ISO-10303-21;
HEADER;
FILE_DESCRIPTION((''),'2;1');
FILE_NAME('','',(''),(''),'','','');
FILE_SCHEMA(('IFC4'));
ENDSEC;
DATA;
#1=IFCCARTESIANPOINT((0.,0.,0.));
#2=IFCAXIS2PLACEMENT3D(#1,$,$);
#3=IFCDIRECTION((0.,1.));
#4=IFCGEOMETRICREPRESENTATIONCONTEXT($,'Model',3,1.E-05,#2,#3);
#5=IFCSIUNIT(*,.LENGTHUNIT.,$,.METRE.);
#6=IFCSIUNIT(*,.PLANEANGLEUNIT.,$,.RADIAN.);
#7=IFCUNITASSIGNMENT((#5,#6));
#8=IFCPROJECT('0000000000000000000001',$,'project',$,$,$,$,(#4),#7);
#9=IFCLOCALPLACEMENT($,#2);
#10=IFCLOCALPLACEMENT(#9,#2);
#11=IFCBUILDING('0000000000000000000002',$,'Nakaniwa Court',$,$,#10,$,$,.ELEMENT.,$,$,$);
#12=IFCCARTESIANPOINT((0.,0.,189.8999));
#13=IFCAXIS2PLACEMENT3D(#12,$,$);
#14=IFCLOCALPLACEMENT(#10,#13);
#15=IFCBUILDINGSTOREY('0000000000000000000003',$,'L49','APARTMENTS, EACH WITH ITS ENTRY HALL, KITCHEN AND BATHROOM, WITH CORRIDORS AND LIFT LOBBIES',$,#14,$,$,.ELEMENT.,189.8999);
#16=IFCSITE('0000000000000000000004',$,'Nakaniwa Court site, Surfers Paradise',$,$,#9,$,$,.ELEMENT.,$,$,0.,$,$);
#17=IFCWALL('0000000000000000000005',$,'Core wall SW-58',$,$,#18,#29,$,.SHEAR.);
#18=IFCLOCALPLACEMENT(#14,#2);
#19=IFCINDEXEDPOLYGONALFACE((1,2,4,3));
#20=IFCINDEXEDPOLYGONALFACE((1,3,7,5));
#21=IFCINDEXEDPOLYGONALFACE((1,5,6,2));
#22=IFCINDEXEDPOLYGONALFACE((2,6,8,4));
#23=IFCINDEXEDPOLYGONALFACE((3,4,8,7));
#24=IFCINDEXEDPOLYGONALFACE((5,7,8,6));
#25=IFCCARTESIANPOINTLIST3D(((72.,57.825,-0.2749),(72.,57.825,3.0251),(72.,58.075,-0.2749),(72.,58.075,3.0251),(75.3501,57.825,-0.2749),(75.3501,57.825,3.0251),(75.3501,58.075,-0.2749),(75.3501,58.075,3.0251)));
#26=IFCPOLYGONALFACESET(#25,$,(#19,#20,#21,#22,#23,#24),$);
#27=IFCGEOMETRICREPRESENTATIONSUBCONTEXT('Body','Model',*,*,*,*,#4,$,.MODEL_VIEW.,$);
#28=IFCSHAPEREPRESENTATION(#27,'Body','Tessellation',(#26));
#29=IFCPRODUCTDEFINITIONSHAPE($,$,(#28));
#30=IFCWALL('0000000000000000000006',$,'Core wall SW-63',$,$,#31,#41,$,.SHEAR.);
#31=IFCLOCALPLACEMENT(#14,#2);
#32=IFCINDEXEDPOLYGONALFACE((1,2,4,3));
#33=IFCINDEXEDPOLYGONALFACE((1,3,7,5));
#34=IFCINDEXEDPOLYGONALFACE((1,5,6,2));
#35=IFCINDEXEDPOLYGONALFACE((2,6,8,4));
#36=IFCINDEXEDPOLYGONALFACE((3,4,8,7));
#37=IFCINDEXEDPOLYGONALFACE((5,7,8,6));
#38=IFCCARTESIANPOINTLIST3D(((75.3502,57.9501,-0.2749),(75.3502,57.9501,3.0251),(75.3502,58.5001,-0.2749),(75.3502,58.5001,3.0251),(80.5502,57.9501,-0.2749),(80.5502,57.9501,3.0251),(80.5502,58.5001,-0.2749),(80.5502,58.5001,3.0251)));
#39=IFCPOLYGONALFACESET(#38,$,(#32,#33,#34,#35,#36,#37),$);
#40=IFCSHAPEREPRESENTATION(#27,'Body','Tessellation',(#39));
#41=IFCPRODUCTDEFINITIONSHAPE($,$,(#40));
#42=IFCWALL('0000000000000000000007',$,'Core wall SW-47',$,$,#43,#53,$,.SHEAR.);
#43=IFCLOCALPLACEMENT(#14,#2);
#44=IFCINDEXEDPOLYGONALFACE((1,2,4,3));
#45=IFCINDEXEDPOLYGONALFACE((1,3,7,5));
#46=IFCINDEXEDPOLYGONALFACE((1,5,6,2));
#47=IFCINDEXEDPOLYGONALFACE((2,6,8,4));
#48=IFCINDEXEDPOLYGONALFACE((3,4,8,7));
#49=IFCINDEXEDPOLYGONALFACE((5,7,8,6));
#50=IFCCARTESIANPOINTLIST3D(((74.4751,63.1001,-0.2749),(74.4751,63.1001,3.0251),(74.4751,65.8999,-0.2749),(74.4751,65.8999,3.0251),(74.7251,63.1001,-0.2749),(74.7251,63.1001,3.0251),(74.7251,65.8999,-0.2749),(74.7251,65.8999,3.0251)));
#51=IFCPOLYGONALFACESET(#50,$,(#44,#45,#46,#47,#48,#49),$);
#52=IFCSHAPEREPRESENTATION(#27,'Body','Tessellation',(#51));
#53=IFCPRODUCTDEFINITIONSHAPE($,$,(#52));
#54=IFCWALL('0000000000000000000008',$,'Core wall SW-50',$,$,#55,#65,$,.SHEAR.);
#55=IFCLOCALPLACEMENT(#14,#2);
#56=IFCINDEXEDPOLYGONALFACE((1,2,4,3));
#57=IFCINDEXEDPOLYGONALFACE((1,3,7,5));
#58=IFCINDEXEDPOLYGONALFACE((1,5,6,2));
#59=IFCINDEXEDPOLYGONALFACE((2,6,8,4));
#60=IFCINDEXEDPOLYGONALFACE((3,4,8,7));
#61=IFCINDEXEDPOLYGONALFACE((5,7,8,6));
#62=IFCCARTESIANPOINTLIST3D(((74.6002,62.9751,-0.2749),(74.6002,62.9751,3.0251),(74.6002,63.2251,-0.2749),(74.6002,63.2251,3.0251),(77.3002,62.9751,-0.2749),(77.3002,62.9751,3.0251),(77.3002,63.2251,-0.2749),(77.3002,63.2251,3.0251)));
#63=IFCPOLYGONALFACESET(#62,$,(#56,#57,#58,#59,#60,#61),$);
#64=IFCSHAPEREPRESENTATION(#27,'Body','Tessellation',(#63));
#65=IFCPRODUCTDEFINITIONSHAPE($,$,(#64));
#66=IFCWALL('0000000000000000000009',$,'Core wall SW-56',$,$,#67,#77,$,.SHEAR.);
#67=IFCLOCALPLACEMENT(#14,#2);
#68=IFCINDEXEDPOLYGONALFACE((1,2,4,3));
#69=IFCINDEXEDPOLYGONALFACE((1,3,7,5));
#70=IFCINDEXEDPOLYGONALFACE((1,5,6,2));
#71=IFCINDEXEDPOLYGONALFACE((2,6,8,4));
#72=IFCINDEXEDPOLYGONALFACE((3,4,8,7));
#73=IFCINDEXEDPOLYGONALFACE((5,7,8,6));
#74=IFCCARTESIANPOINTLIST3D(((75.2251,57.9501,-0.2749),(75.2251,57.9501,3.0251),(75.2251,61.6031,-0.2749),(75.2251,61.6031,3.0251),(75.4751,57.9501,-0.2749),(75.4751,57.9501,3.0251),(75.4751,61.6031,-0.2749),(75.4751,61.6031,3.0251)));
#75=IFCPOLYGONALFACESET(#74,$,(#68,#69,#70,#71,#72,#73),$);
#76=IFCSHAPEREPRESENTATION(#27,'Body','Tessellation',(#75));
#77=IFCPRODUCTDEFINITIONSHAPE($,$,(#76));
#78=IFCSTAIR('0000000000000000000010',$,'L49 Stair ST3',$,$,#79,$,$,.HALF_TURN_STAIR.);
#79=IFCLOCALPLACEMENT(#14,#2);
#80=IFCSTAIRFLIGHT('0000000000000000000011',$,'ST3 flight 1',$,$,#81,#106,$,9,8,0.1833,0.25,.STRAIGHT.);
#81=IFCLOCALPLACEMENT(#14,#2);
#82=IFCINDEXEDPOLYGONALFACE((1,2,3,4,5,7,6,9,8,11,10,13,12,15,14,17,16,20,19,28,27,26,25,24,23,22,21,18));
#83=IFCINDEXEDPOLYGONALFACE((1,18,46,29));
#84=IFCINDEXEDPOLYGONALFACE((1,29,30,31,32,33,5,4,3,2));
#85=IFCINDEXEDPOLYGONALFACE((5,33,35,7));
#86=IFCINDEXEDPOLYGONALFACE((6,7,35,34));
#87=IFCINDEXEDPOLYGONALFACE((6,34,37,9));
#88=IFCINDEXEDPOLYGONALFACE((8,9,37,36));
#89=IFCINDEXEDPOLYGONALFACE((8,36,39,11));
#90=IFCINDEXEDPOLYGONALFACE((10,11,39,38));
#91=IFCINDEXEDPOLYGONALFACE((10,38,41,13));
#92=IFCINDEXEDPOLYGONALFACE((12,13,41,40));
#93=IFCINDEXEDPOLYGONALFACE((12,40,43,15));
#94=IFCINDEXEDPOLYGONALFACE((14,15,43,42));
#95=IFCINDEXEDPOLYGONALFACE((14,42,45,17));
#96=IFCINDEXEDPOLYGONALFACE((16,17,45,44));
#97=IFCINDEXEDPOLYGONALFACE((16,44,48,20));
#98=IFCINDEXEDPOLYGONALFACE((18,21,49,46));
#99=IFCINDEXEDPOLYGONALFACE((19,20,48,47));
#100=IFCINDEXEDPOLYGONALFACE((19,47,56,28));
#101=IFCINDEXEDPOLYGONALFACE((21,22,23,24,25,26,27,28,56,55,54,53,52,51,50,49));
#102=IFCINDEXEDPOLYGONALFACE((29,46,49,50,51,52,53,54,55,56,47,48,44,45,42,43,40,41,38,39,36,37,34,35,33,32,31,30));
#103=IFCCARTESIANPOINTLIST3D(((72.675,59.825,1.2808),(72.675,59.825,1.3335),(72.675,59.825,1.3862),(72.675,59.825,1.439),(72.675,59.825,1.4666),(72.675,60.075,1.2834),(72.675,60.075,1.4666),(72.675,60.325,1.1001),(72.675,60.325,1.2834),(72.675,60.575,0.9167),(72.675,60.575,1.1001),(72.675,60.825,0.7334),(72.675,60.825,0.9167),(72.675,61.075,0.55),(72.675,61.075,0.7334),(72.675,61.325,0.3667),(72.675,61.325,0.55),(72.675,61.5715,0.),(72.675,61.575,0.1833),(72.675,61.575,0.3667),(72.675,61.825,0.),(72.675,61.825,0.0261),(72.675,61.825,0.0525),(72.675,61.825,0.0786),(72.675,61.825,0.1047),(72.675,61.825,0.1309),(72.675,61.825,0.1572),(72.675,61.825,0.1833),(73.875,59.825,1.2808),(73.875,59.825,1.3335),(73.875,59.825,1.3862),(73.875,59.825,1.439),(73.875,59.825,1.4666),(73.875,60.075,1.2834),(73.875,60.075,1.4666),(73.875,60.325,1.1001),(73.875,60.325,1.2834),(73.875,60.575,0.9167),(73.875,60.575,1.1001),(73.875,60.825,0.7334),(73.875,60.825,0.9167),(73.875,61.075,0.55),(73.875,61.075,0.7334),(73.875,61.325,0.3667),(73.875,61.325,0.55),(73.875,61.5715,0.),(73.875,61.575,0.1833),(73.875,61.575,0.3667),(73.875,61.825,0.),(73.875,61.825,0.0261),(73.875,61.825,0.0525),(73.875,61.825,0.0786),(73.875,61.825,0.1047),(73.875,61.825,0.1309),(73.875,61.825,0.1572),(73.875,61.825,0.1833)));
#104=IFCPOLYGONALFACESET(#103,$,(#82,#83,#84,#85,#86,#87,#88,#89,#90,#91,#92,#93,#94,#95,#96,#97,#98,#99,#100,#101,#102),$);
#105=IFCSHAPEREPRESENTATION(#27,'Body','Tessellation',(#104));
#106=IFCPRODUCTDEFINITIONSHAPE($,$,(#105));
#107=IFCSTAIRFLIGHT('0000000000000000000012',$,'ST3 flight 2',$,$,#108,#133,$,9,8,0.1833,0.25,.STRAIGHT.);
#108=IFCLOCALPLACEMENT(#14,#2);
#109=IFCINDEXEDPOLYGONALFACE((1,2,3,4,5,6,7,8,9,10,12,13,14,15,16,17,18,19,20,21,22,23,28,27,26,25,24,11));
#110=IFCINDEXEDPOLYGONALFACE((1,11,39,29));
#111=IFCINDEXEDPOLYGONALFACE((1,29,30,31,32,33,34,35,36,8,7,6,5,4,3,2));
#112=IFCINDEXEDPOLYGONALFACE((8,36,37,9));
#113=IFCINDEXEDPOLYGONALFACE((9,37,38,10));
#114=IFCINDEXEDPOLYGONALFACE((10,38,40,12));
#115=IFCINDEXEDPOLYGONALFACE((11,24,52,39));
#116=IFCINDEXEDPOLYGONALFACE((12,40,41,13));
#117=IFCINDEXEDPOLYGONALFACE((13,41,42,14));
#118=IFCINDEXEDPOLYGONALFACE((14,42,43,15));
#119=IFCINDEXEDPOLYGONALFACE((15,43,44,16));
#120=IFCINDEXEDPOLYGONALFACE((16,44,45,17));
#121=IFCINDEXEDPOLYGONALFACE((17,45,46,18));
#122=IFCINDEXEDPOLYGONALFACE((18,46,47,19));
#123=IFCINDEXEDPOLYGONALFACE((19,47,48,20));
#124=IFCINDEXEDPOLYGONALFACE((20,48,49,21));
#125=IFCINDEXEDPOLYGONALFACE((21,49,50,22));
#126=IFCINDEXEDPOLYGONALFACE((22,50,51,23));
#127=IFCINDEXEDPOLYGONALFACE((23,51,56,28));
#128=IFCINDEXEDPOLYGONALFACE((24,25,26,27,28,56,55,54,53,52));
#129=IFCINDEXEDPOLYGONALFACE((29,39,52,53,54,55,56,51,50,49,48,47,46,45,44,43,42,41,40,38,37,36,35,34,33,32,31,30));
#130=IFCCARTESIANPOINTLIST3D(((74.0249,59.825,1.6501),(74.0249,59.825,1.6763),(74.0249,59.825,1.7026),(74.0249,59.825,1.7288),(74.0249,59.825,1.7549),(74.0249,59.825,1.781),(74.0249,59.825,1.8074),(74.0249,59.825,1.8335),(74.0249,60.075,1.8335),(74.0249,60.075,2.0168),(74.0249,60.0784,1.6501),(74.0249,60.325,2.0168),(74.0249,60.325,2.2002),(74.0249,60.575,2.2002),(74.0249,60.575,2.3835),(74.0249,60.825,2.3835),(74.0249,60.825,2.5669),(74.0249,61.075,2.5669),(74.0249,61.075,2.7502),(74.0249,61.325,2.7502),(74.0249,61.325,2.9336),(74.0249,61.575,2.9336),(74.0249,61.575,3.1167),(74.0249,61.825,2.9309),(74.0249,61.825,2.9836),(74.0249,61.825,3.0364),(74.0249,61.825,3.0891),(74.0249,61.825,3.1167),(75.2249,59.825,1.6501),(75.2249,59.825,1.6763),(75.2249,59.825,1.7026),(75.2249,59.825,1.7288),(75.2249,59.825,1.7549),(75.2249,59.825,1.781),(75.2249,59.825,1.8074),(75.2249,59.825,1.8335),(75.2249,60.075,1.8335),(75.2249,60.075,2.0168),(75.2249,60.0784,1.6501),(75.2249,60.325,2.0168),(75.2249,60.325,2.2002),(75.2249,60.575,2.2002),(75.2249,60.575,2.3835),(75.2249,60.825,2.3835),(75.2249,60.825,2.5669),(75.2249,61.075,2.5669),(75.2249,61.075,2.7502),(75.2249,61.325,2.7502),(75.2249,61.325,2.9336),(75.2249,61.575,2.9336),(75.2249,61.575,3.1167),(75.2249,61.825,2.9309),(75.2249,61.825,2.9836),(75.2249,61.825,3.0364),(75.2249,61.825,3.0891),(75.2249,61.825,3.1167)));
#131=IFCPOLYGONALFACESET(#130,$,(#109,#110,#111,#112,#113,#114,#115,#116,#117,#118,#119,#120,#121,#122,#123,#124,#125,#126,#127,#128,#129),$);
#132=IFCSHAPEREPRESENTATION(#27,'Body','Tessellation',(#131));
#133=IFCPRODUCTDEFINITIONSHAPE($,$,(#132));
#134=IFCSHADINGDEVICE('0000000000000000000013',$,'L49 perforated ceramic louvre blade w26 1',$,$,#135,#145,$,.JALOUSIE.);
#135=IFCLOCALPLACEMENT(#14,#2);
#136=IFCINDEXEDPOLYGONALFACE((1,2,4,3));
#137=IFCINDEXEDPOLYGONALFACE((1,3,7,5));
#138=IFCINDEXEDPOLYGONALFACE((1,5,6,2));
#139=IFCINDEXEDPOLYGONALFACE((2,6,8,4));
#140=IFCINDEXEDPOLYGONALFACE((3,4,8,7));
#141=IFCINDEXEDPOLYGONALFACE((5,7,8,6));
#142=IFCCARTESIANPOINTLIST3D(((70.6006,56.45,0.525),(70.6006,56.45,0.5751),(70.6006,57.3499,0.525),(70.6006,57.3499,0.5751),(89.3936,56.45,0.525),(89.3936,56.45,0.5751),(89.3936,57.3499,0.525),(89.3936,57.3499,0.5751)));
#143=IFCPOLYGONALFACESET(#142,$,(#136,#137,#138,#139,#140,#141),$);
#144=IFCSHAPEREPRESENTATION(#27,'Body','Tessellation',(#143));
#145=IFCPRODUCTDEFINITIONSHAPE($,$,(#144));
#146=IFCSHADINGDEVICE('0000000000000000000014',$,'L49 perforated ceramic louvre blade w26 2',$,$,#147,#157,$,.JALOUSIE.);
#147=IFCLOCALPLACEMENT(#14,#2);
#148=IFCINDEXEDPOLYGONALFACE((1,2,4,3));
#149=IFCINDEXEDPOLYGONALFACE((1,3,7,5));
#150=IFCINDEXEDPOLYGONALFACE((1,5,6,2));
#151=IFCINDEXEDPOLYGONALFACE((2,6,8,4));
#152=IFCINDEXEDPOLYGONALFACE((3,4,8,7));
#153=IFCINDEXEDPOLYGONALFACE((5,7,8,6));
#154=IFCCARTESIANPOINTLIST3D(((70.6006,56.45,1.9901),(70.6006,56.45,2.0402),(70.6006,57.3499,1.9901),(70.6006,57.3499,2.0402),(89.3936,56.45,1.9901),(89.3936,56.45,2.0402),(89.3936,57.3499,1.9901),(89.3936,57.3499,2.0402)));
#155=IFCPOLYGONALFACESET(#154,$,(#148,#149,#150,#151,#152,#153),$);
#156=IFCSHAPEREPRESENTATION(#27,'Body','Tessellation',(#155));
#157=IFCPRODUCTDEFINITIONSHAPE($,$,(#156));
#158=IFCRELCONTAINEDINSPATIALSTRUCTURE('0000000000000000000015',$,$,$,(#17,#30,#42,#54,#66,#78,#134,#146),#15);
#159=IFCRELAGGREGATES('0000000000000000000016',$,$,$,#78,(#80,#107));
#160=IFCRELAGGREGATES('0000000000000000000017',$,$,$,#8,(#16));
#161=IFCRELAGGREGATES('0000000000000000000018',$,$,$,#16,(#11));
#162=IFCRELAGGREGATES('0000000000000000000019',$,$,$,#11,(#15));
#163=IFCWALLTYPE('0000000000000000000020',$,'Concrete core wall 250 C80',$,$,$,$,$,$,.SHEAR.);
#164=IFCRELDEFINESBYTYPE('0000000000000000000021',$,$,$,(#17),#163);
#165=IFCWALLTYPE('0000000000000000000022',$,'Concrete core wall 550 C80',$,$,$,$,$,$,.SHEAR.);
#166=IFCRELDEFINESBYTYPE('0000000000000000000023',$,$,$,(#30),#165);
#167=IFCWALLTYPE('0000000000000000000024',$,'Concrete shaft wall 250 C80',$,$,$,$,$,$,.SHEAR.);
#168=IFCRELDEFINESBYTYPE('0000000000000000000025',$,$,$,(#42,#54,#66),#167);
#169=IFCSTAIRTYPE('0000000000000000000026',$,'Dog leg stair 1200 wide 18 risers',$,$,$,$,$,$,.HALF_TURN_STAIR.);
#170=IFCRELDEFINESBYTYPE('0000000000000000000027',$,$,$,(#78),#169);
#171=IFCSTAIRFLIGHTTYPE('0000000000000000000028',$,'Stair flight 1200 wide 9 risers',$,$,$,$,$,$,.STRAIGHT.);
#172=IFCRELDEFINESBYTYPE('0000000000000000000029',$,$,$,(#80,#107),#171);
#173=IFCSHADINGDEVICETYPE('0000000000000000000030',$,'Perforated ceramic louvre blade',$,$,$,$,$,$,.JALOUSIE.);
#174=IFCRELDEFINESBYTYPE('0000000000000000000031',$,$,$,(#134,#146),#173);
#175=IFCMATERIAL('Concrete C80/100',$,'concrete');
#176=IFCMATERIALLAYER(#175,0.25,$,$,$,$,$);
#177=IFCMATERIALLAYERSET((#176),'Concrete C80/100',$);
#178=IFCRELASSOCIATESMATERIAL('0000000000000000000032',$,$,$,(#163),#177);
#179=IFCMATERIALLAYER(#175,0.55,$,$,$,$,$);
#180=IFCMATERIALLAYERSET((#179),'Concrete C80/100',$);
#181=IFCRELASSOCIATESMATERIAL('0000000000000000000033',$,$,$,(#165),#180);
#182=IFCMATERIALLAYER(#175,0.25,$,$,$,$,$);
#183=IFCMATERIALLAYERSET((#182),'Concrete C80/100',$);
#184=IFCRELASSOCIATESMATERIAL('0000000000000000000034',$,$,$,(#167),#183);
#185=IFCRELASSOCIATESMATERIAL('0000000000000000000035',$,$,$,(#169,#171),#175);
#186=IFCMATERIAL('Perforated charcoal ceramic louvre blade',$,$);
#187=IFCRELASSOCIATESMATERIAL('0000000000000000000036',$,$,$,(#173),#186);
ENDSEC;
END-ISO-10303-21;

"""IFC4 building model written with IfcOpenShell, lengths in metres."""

from ifc_helpers import new_model, si_unit, direction, frame, frame_2d, origin, origin_2d, place, context, subcontext, project, spatial, polyline, rectangle, outline, extrude, material, layer, layer_set, material_profile, profile_set, type_object, element, aggregate, save


model = new_model("IFC4")

# Units and contexts
model_context = context("Model", 3, precision=1e-05, world=origin(), true_north=direction((0.0, 1.0)))
body_context = subcontext(model_context, "Body", "Model", "MODEL_VIEW")
ifc_project = project(units=[si_unit("LENGTHUNIT", "METRE"), si_unit("PLANEANGLEUNIT", "RADIAN")], contexts=[model_context])

# Site, building, storey
site_placement = place(None, origin())
site = spatial("IfcSite", under=ifc_project, at=site_placement, Name="Nakaniwa Court site, Surfers Paradise", CompositionType="ELEMENT", RefElevation=0.0)
building_placement = place(site_placement, origin())
building = spatial("IfcBuilding", under=site, at=building_placement, Name="Nakaniwa Court", CompositionType="ELEMENT")
storey_placement = place(building_placement, frame((0.0, 0.0, 189.8999)))
storey = spatial("IfcBuildingStorey", under=building, at=storey_placement, Name="L49", Description="APARTMENTS, EACH WITH ITS ENTRY HALL, KITCHEN AND BATHROOM, WITH CORRIDORS AND LIFT LOBBIES", CompositionType="ELEMENT", Elevation=189.8999)

# Shared definitions
ifc_material_1 = material(Name="Concrete C80/100", Category="concrete")

# Walls
ifc_layer_1 = layer(ifc_material_1, 0.25)
ifc_layer_set_1 = layer_set([ifc_layer_1], Name="Concrete C80/100")
wall_type_1 = type_object("IfcWallType", Name="Concrete core wall 250 C80", PredefinedType="SHEAR", material=ifc_layer_set_1)
wall_1_placement = place(storey_placement, frame((72.0, 57.95, -0.2749), z_axis=(0.0, 0.0, 1.0), x_axis=(1.0, 0.0, 0.0)))
element("IfcWall", 1, at=wall_1_placement, inside=storey, type_object=wall_type_1, Name="Core wall SW-58", PredefinedType="SHEAR", context=body_context, shape_type="SweptSolid", body=[
    extrude(rectangle(XDim=3.3501, YDim=0.25, at=frame_2d((1.675, 0.0))), origin(), (0.0, 0.0, 1.0), 3.3),
])
ifc_layer_2 = layer(ifc_material_1, 0.55)
ifc_layer_set_2 = layer_set([ifc_layer_2], Name="Concrete C80/100")
wall_type_2 = type_object("IfcWallType", Name="Concrete core wall 550 C80", PredefinedType="SHEAR", material=ifc_layer_set_2)
wall_2_placement = place(storey_placement, frame((75.3501, 58.2251, -0.2749), z_axis=(0.0, 0.0, 1.0), x_axis=(1.0, 0.0, 0.0)))
element("IfcWall", 2, at=wall_2_placement, inside=storey, type_object=wall_type_2, Name="Core wall SW-63", PredefinedType="SHEAR", context=body_context, shape_type="SweptSolid", body=[
    extrude(rectangle(XDim=5.2, YDim=0.55, at=frame_2d((2.6001, 0.0))), origin(), (0.0, 0.0, 1.0), 3.3),
])
ifc_layer_3 = layer(ifc_material_1, 0.25)
ifc_layer_set_3 = layer_set([ifc_layer_3], Name="Concrete C80/100")
wall_type_3 = type_object("IfcWallType", Name="Concrete shaft wall 250 C80", PredefinedType="SHEAR", material=ifc_layer_set_3)
wall_3_placement = place(storey_placement, frame((74.6001, 63.1001, -0.2749), z_axis=(0.0, 0.0, 1.0), x_axis=(0.0, 1.0, 0.0)))
element("IfcWall", 3, at=wall_3_placement, inside=storey, type_object=wall_type_3, Name="Core wall SW-47", PredefinedType="SHEAR", context=body_context, shape_type="SweptSolid", body=[
    extrude(rectangle(XDim=2.7998, YDim=0.25, at=frame_2d((1.3999, 0.0))), origin(), (0.0, 0.0, 1.0), 3.3),
])
wall_4_placement = place(storey_placement, frame((74.6001, 63.1001, -0.2749), z_axis=(0.0, 0.0, 1.0), x_axis=(1.0, 0.0, 0.0)))
element("IfcWall", 4, at=wall_4_placement, inside=storey, type_object=wall_type_3, Name="Core wall SW-50", PredefinedType="SHEAR", context=body_context, shape_type="SweptSolid", body=[
    extrude(rectangle(XDim=2.7, YDim=0.25, at=frame_2d((1.3501, 0.0))), origin(), (0.0, 0.0, 1.0), 3.3),
])
wall_5_placement = place(storey_placement, frame((75.3501, 57.95, -0.2749), z_axis=(0.0, 0.0, 1.0), x_axis=(0.0, 1.0, 0.0)))
element("IfcWall", 5, at=wall_5_placement, inside=storey, type_object=wall_type_3, Name="Core wall SW-56", PredefinedType="SHEAR", context=body_context, shape_type="SweptSolid", body=[
    extrude(rectangle(XDim=3.6531, YDim=0.25, at=frame_2d((1.8267, 0.0))), origin(), (0.0, 0.0, 1.0), 3.3),
])

# Stair, stair flights
stair_type = type_object("IfcStairType", Name="Dog leg stair 1200 wide 18 risers", PredefinedType="HALF_TURN_STAIR", material=ifc_material_1)
stair_placement = place(storey_placement, origin())
stair = element("IfcStair", 6, at=stair_placement, inside=storey, type_object=stair_type, Name="L49 Stair ST3", PredefinedType="HALF_TURN_STAIR")
stair_flight_type = type_object("IfcStairFlightType", Name="Stair flight 1200 wide 9 risers", PredefinedType="STRAIGHT", material=ifc_material_1)
stair_flight_1_placement = place(storey_placement, frame((73.2749, 61.825, 0.0), z_axis=(0.0, 0.0, 1.0), x_axis=(0.0, -1.0, 0.0)))
stair_flight_1 = element("IfcStairFlight", 7, at=stair_flight_1_placement, type_object=stair_flight_type, Name="ST3 flight 1", NumberOfRisers=9, NumberOfTreads=8, PredefinedType="STRAIGHT", RiserHeight=0.1833, TreadLength=0.25, context=body_context, shape_type="SweptSolid", body=[
    extrude(outline(polyline([(0.0, 0.0), (0.0, 0.0261), (0.0, 0.0525), (0.0, 0.0786), (0.0, 0.1047), (0.0, 0.1309), (0.0, 0.1572), (0.0, 0.1833), (0.25, 0.1833), (0.25, 0.3667), (0.5, 0.3667), (0.5, 0.55), (0.75, 0.55), (0.75, 0.7334), (1.0, 0.7334), (1.0, 0.9167), (1.25, 0.9167), (1.25, 1.1001), (1.5, 1.1001), (1.5, 1.2834), (1.75, 1.2834), (1.75, 1.4666), (2.0, 1.4666), (2.0, 1.6499), (2.0, 1.5972), (2.0, 1.5444), (2.0, 1.4917), (2.0, 1.439), (2.0, 1.3862), (2.0, 1.3335), (2.0, 1.2808), (0.2534, 0.0), (0.0, 0.0)])), frame((0.0, 0.6001, 0.0), z_axis=(0.0, -1.0, 0.0), x_axis=(1.0, 0.0, 0.0)), (0.0, 0.0, 1.0), 1.2),
])
stair_flight_2_placement = place(storey_placement, frame((74.625, 59.825, 1.6501), z_axis=(0.0, 0.0, 1.0), x_axis=(0.0, 1.0, 0.0)))
stair_flight_2 = element("IfcStairFlight", 8, at=stair_flight_2_placement, type_object=stair_flight_type, Name="ST3 flight 2", NumberOfRisers=9, NumberOfTreads=8, PredefinedType="STRAIGHT", RiserHeight=0.1833, TreadLength=0.25, context=body_context, shape_type="SweptSolid", body=[
    extrude(outline(polyline([(0.0, 0.0), (0.0, 0.0261), (0.0, 0.0525), (0.0, 0.0786), (0.0, 0.1047), (0.0, 0.1309), (0.0, 0.1572), (0.0, 0.1833), (0.25, 0.1833), (0.25, 0.3667), (0.5, 0.3667), (0.5, 0.55), (0.75, 0.55), (0.75, 0.7334), (1.0, 0.7334), (1.0, 0.9167), (1.25, 0.9167), (1.25, 1.1001), (1.5, 1.1001), (1.5, 1.2834), (1.75, 1.2834), (1.75, 1.4666), (2.0, 1.4666), (2.0, 1.6499), (2.0, 1.5972), (2.0, 1.5444), (2.0, 1.4917), (2.0, 1.439), (2.0, 1.3862), (2.0, 1.3335), (2.0, 1.2808), (0.2534, 0.0), (0.0, 0.0)])), frame((0.0, 0.6001, 0.0), z_axis=(0.0, -1.0, 0.0), x_axis=(1.0, 0.0, 0.0)), (0.0, 0.0, 1.0), 1.2),
])
aggregate(stair, [stair_flight_1, stair_flight_2])

# Shading devices
ifc_material_2 = material(Name="Perforated charcoal ceramic louvre blade")
ifc_material_profile = material_profile(ifc_material_2, rectangle(XDim=0.8999, YDim=0.05, at=origin_2d()), Name="Perforated ceramic louvre blade")
ifc_profile_set = profile_set([ifc_material_profile], Name="Perforated charcoal ceramic louvre blade")
shading_device_type = type_object("IfcShadingDeviceType", Name="Perforated ceramic louvre blade", PredefinedType="JALOUSIE", material=ifc_profile_set)
for number, where, z_axis, x_axis, name in (
    (9, (70.6006, 56.8999, 0.55), (1.0, 0.0, 0.0), (0.0, 1.0, 0.0), "L49 perforated ceramic louvre blade w26 1"),
    (10, (70.6006, 56.8999, 2.0151), (1.0, 0.0, 0.0), (0.0, 1.0, 0.0), "L49 perforated ceramic louvre blade w26 2"),
):
    element("IfcShadingDevice", number, at=place(storey_placement, frame(where, z_axis=z_axis, x_axis=x_axis)), inside=storey, type_object=shading_device_type, Name=name, PredefinedType="JALOUSIE", context=body_context, shape_type="SweptSolid", body=[
        extrude(rectangle(XDim=0.8999, YDim=0.05, at=origin_2d()), origin(), (0.0, 0.0, 1.0), 18.793),
    ])

save(model, "model.ifc")
